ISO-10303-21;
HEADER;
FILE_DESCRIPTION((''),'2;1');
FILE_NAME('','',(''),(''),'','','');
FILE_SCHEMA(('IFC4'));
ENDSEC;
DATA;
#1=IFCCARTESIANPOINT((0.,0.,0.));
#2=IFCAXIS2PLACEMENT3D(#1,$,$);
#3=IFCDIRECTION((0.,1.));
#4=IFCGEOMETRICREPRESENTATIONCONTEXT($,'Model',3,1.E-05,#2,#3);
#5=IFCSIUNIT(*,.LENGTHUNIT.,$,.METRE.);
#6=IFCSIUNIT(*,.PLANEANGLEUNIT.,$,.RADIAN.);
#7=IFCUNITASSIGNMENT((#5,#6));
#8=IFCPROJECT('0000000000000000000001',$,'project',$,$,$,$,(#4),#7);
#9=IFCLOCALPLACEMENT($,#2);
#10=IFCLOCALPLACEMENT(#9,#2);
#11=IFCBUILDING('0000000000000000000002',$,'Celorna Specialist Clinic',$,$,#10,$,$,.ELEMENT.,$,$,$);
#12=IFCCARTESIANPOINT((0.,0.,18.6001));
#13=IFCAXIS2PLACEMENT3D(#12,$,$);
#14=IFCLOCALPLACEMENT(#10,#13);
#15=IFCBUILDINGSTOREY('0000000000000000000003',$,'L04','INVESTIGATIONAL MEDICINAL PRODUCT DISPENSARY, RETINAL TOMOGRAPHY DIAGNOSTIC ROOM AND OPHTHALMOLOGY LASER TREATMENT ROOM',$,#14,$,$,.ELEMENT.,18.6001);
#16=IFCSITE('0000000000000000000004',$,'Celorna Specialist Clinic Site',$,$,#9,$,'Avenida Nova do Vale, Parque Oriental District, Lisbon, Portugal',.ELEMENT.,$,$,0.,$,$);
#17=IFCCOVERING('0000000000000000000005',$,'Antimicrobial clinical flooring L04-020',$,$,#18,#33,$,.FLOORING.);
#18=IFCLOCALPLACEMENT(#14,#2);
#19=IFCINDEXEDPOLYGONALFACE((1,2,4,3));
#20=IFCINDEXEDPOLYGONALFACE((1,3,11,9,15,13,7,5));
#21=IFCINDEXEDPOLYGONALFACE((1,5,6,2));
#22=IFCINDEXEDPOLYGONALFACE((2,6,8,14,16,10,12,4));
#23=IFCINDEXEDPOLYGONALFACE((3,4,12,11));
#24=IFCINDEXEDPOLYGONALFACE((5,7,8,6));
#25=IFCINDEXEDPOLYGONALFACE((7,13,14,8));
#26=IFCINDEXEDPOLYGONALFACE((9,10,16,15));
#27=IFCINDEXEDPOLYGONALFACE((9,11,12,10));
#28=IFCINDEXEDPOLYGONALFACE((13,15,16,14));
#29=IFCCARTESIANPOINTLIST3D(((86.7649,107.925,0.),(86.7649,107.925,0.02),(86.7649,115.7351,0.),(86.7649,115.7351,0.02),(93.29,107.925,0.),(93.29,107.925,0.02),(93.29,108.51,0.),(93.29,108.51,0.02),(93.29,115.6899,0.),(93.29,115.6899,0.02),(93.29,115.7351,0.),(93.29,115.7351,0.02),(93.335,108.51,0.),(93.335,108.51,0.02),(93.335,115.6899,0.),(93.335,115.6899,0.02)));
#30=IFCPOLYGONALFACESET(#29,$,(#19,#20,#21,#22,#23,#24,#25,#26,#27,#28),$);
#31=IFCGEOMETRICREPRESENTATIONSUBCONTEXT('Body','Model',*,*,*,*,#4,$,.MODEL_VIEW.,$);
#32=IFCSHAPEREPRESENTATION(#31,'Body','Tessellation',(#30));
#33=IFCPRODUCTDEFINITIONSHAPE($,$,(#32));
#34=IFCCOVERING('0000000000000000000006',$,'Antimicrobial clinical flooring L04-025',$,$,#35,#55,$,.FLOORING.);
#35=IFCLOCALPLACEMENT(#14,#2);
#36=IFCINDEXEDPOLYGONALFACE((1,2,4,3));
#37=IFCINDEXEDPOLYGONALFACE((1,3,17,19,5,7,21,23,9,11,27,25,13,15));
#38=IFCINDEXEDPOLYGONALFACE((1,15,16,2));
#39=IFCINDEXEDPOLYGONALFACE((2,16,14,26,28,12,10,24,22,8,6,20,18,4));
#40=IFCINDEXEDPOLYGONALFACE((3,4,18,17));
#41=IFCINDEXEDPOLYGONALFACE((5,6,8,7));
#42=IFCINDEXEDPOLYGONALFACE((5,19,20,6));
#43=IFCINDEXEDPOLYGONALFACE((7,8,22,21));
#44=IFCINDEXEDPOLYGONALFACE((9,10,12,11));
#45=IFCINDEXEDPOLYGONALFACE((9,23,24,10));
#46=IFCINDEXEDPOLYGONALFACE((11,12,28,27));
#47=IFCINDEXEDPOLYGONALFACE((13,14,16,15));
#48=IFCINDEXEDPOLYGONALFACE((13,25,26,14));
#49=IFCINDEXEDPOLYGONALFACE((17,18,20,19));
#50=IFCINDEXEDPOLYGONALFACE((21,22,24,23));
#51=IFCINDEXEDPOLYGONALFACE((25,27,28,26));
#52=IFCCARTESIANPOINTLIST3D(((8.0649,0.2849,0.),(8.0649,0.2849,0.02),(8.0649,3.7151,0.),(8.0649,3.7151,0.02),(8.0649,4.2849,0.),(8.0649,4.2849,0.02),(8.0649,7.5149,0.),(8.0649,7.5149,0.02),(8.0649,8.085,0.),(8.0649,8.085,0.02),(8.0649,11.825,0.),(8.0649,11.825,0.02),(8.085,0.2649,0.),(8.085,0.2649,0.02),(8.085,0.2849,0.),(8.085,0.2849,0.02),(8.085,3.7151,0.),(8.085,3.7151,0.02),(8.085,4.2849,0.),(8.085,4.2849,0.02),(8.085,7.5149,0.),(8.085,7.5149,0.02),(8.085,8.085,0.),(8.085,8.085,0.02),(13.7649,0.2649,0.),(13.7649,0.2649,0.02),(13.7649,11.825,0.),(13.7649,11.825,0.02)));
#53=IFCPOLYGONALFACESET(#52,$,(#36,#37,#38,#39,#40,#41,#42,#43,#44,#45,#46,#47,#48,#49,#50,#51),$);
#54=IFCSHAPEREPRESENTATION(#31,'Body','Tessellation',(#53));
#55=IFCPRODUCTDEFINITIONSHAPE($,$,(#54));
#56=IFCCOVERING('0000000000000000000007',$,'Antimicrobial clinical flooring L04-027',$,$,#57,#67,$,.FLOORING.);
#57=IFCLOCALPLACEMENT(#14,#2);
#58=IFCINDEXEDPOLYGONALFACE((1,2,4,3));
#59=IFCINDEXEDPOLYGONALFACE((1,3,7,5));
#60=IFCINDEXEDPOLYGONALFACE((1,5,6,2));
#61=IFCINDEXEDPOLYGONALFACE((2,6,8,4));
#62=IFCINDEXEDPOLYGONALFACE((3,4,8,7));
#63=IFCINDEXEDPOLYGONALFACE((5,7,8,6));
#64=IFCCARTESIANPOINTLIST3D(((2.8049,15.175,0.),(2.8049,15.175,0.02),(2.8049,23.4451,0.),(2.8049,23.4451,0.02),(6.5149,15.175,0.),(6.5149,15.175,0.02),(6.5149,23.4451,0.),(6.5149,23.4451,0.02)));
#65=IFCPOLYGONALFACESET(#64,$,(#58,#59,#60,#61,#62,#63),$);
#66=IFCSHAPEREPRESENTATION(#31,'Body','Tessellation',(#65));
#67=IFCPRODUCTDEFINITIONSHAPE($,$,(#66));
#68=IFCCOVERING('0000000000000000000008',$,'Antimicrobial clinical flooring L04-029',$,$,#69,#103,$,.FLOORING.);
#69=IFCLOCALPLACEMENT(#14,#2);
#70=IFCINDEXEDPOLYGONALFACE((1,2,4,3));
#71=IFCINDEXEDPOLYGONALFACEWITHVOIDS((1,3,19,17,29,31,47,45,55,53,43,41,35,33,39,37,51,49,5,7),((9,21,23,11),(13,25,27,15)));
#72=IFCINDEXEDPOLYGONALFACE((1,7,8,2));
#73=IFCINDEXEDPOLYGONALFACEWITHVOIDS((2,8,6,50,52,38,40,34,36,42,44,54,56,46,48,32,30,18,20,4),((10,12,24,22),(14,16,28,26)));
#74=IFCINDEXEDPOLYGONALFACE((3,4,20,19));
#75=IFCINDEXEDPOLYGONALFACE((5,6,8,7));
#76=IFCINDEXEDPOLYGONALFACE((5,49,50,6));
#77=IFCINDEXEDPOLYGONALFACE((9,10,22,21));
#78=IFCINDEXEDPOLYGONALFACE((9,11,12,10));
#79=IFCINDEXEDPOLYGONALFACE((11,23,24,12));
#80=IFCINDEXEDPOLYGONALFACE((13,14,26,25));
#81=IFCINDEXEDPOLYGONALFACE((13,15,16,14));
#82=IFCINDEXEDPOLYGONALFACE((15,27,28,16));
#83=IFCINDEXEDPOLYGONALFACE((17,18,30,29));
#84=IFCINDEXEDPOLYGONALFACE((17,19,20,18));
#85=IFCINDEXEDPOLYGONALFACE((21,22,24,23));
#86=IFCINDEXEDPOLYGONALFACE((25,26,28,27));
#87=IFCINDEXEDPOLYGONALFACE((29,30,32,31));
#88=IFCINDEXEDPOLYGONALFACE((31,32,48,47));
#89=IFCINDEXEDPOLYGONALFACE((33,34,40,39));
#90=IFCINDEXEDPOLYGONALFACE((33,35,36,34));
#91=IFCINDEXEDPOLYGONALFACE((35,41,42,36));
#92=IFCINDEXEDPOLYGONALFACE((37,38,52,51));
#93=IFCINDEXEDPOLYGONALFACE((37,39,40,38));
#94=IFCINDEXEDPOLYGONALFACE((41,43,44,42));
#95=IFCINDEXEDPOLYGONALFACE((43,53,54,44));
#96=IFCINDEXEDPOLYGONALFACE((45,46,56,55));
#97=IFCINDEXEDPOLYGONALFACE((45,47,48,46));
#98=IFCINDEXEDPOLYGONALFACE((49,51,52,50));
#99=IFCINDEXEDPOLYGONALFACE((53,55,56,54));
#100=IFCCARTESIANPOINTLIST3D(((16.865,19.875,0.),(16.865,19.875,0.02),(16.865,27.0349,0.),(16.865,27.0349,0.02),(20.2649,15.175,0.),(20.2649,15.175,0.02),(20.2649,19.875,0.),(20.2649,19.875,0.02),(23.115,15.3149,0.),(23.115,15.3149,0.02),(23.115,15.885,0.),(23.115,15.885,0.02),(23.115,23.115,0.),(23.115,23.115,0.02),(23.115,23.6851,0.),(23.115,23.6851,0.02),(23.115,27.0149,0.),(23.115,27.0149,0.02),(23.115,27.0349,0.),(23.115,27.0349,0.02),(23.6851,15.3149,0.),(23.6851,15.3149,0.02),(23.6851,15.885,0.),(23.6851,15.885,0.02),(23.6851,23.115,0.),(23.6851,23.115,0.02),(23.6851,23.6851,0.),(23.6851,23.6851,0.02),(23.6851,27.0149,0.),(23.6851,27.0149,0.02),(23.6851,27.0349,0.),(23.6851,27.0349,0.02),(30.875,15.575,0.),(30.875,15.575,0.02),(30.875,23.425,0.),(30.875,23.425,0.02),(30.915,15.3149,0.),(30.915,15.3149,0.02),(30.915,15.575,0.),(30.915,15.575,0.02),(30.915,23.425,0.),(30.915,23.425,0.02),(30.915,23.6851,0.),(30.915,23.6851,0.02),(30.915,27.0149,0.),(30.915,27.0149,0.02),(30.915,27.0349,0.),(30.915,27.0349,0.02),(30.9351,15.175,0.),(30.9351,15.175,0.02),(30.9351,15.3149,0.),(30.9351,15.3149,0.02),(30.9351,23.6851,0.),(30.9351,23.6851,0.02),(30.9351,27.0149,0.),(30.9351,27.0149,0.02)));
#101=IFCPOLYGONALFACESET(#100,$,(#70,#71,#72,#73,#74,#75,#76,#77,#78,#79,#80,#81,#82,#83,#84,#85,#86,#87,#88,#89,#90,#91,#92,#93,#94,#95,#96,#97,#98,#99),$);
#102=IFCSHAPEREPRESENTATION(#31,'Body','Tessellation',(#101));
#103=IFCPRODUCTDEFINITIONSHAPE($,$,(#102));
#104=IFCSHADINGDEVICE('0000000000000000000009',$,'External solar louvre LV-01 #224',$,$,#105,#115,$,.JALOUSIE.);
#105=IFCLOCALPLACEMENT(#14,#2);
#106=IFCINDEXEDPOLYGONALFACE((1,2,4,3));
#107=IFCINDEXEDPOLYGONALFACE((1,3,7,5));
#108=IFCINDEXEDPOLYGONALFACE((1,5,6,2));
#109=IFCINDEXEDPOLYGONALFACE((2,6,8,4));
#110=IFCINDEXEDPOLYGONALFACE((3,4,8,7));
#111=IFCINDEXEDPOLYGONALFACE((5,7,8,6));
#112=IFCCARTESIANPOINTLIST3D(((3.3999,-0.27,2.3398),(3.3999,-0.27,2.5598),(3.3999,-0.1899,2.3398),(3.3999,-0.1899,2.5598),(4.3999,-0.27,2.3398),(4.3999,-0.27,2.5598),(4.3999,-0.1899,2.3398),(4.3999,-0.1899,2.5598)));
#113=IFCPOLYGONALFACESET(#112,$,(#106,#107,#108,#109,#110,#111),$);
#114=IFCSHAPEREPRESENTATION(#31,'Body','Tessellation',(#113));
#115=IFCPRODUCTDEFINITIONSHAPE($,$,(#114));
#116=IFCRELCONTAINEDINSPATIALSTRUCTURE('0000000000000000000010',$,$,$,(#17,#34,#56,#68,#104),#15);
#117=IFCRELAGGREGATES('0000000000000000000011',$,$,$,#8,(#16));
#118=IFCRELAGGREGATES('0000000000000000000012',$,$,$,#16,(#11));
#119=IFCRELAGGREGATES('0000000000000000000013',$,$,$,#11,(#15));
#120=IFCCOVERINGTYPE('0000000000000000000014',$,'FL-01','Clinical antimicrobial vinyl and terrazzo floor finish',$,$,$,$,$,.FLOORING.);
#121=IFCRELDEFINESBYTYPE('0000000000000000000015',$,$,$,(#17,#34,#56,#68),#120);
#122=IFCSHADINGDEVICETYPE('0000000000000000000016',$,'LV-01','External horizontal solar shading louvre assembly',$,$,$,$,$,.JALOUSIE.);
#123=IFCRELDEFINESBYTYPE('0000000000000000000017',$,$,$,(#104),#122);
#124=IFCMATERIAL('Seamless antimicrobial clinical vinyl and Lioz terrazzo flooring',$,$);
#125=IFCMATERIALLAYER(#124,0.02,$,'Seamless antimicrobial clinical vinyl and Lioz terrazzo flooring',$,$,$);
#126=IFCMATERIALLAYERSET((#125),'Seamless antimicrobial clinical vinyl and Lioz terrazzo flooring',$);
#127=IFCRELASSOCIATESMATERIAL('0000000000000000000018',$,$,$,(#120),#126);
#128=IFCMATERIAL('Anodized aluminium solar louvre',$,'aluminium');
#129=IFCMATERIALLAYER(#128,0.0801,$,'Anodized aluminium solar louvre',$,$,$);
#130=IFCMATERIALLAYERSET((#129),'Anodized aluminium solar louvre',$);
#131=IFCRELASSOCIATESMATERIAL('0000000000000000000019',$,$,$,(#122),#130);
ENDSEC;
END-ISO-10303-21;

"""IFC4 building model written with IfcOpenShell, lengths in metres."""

from ifc_helpers import new_model, si_unit, direction, frame, origin, origin_2d, place, context, subcontext, project, spatial, polyline, rectangle, outline, extrude, material, layer, layer_set, type_object, element, save


model = new_model("IFC4")

# Units and contexts
model_context = context("Model", 3, precision=1e-05, world=origin(), true_north=direction((0.0, 1.0)))
body_context = subcontext(model_context, "Body", "Model", "MODEL_VIEW")
ifc_project = project(units=[si_unit("LENGTHUNIT", "METRE"), si_unit("PLANEANGLEUNIT", "RADIAN")], contexts=[model_context])

# Site, building, storey
site_placement = place(None, origin())
site = spatial("IfcSite", under=ifc_project, at=site_placement, Name="Celorna Specialist Clinic Site", LongName="Avenida Nova do Vale, Parque Oriental District, Lisbon, Portugal", CompositionType="ELEMENT", RefElevation=0.0)
building_placement = place(site_placement, origin())
building = spatial("IfcBuilding", under=site, at=building_placement, Name="Celorna Specialist Clinic", CompositionType="ELEMENT")
storey_placement = place(building_placement, frame((0.0, 0.0, 18.6001)))
storey = spatial("IfcBuildingStorey", under=building, at=storey_placement, Name="L04", Description="INVESTIGATIONAL MEDICINAL PRODUCT DISPENSARY, RETINAL TOMOGRAPHY DIAGNOSTIC ROOM AND OPHTHALMOLOGY LASER TREATMENT ROOM", CompositionType="ELEMENT", Elevation=18.6001)

# Coverings
ifc_material_1 = material(Name="Seamless antimicrobial clinical vinyl and Lioz terrazzo flooring")
ifc_layer_1 = layer(ifc_material_1, 0.02, Name="Seamless antimicrobial clinical vinyl and Lioz terrazzo flooring")
ifc_layer_set_1 = layer_set([ifc_layer_1], Name="Seamless antimicrobial clinical vinyl and Lioz terrazzo flooring")
covering_type_1 = type_object("IfcCoveringType", Name="FL-01", Description="Clinical antimicrobial vinyl and terrazzo floor finish", PredefinedType="FLOORING", material=ifc_layer_set_1)
covering_1_placement = place(storey_placement, origin())
element("IfcCovering", 1, at=covering_1_placement, inside=storey, type_object=covering_type_1, Name="Antimicrobial clinical flooring L04-020", PredefinedType="FLOORING", context=body_context, shape_type="SweptSolid", body=[
    extrude(outline(polyline([(86.7649, 115.7351), (93.29, 115.7351), (93.29, 115.6899), (93.335, 115.6899), (93.335, 108.51), (93.29, 108.51), (93.29, 107.925), (86.7649, 107.925), (86.7649, 115.7351)])), origin(), (0.0, 0.0, 1.0), 0.02),
])
covering_2_placement = place(storey_placement, origin())
element("IfcCovering", 2, at=covering_2_placement, inside=storey, type_object=covering_type_1, Name="Antimicrobial clinical flooring L04-025", PredefinedType="FLOORING", context=body_context, shape_type="SweptSolid", body=[
    extrude(outline(polyline([(8.0649, 0.2849), (8.0649, 3.7151), (8.085, 3.7151), (8.085, 4.2849), (8.0649, 4.2849), (8.0649, 7.5149), (8.085, 7.5149), (8.085, 8.085), (8.0649, 8.085), (8.0649, 11.825), (13.7649, 11.825), (13.7649, 0.2649), (8.085, 0.2649), (8.085, 0.2849), (8.0649, 0.2849)])), origin(), (0.0, 0.0, 1.0), 0.02),
])
covering_3_placement = place(storey_placement, origin())
element("IfcCovering", 3, at=covering_3_placement, inside=storey, type_object=covering_type_1, Name="Antimicrobial clinical flooring L04-027", PredefinedType="FLOORING", context=body_context, shape_type="SweptSolid", body=[
    extrude(outline(polyline([(2.8049, 15.175), (2.8049, 23.4451), (6.5149, 23.4451), (6.5149, 15.175), (2.8049, 15.175)])), origin(), (0.0, 0.0, 1.0), 0.02),
])
covering_4_placement = place(storey_placement, origin())
element("IfcCovering", 4, at=covering_4_placement, inside=storey, type_object=covering_type_1, Name="Antimicrobial clinical flooring L04-029", PredefinedType="FLOORING", context=body_context, shape_type="SweptSolid", body=[
    extrude(outline(polyline([(23.115, 27.0349), (23.115, 27.0149), (23.6851, 27.0149), (23.6851, 27.0349), (30.915, 27.0349), (30.915, 27.0149), (30.9351, 27.0149), (30.9351, 23.6851), (30.915, 23.6851), (30.915, 23.425), (30.875, 23.425), (30.875, 15.575), (30.915, 15.575), (30.915, 15.3149), (30.9351, 15.3149), (30.9351, 15.175), (20.2649, 15.175), (20.2649, 19.875), (16.865, 19.875), (16.865, 27.0349), (23.115, 27.0349)]), holes=[polyline([(23.115, 15.3149), (23.6851, 15.3149), (23.6851, 15.885), (23.115, 15.885), (23.115, 15.3149)]), polyline([(23.115, 23.115), (23.6851, 23.115), (23.6851, 23.6851), (23.115, 23.6851), (23.115, 23.115)])]), origin(), (0.0, 0.0, 1.0), 0.02),
])

# Shading device
ifc_material_2 = material(Name="Anodized aluminium solar louvre", Category="aluminium")
ifc_layer_2 = layer(ifc_material_2, 0.0801, Name="Anodized aluminium solar louvre")
ifc_layer_set_2 = layer_set([ifc_layer_2], Name="Anodized aluminium solar louvre")
shading_device_type = type_object("IfcShadingDeviceType", Name="LV-01", Description="External horizontal solar shading louvre assembly", PredefinedType="JALOUSIE", material=ifc_layer_set_2)
shading_device_placement = place(storey_placement, frame((3.8999, -0.23, 2.3398), z_axis=(0.0, 0.0, 1.0), x_axis=(-1.0, 0.0, 0.0)))
element("IfcShadingDevice", 5, at=shading_device_placement, inside=storey, type_object=shading_device_type, Name="External solar louvre LV-01 #224", PredefinedType="JALOUSIE", context=body_context, shape_type="SweptSolid", body=[
    extrude(rectangle(XDim=1.0, YDim=0.0801, at=origin_2d()), origin(), (0.0, 0.0, 1.0), 0.22),
])

save(model, "model.ifc")
